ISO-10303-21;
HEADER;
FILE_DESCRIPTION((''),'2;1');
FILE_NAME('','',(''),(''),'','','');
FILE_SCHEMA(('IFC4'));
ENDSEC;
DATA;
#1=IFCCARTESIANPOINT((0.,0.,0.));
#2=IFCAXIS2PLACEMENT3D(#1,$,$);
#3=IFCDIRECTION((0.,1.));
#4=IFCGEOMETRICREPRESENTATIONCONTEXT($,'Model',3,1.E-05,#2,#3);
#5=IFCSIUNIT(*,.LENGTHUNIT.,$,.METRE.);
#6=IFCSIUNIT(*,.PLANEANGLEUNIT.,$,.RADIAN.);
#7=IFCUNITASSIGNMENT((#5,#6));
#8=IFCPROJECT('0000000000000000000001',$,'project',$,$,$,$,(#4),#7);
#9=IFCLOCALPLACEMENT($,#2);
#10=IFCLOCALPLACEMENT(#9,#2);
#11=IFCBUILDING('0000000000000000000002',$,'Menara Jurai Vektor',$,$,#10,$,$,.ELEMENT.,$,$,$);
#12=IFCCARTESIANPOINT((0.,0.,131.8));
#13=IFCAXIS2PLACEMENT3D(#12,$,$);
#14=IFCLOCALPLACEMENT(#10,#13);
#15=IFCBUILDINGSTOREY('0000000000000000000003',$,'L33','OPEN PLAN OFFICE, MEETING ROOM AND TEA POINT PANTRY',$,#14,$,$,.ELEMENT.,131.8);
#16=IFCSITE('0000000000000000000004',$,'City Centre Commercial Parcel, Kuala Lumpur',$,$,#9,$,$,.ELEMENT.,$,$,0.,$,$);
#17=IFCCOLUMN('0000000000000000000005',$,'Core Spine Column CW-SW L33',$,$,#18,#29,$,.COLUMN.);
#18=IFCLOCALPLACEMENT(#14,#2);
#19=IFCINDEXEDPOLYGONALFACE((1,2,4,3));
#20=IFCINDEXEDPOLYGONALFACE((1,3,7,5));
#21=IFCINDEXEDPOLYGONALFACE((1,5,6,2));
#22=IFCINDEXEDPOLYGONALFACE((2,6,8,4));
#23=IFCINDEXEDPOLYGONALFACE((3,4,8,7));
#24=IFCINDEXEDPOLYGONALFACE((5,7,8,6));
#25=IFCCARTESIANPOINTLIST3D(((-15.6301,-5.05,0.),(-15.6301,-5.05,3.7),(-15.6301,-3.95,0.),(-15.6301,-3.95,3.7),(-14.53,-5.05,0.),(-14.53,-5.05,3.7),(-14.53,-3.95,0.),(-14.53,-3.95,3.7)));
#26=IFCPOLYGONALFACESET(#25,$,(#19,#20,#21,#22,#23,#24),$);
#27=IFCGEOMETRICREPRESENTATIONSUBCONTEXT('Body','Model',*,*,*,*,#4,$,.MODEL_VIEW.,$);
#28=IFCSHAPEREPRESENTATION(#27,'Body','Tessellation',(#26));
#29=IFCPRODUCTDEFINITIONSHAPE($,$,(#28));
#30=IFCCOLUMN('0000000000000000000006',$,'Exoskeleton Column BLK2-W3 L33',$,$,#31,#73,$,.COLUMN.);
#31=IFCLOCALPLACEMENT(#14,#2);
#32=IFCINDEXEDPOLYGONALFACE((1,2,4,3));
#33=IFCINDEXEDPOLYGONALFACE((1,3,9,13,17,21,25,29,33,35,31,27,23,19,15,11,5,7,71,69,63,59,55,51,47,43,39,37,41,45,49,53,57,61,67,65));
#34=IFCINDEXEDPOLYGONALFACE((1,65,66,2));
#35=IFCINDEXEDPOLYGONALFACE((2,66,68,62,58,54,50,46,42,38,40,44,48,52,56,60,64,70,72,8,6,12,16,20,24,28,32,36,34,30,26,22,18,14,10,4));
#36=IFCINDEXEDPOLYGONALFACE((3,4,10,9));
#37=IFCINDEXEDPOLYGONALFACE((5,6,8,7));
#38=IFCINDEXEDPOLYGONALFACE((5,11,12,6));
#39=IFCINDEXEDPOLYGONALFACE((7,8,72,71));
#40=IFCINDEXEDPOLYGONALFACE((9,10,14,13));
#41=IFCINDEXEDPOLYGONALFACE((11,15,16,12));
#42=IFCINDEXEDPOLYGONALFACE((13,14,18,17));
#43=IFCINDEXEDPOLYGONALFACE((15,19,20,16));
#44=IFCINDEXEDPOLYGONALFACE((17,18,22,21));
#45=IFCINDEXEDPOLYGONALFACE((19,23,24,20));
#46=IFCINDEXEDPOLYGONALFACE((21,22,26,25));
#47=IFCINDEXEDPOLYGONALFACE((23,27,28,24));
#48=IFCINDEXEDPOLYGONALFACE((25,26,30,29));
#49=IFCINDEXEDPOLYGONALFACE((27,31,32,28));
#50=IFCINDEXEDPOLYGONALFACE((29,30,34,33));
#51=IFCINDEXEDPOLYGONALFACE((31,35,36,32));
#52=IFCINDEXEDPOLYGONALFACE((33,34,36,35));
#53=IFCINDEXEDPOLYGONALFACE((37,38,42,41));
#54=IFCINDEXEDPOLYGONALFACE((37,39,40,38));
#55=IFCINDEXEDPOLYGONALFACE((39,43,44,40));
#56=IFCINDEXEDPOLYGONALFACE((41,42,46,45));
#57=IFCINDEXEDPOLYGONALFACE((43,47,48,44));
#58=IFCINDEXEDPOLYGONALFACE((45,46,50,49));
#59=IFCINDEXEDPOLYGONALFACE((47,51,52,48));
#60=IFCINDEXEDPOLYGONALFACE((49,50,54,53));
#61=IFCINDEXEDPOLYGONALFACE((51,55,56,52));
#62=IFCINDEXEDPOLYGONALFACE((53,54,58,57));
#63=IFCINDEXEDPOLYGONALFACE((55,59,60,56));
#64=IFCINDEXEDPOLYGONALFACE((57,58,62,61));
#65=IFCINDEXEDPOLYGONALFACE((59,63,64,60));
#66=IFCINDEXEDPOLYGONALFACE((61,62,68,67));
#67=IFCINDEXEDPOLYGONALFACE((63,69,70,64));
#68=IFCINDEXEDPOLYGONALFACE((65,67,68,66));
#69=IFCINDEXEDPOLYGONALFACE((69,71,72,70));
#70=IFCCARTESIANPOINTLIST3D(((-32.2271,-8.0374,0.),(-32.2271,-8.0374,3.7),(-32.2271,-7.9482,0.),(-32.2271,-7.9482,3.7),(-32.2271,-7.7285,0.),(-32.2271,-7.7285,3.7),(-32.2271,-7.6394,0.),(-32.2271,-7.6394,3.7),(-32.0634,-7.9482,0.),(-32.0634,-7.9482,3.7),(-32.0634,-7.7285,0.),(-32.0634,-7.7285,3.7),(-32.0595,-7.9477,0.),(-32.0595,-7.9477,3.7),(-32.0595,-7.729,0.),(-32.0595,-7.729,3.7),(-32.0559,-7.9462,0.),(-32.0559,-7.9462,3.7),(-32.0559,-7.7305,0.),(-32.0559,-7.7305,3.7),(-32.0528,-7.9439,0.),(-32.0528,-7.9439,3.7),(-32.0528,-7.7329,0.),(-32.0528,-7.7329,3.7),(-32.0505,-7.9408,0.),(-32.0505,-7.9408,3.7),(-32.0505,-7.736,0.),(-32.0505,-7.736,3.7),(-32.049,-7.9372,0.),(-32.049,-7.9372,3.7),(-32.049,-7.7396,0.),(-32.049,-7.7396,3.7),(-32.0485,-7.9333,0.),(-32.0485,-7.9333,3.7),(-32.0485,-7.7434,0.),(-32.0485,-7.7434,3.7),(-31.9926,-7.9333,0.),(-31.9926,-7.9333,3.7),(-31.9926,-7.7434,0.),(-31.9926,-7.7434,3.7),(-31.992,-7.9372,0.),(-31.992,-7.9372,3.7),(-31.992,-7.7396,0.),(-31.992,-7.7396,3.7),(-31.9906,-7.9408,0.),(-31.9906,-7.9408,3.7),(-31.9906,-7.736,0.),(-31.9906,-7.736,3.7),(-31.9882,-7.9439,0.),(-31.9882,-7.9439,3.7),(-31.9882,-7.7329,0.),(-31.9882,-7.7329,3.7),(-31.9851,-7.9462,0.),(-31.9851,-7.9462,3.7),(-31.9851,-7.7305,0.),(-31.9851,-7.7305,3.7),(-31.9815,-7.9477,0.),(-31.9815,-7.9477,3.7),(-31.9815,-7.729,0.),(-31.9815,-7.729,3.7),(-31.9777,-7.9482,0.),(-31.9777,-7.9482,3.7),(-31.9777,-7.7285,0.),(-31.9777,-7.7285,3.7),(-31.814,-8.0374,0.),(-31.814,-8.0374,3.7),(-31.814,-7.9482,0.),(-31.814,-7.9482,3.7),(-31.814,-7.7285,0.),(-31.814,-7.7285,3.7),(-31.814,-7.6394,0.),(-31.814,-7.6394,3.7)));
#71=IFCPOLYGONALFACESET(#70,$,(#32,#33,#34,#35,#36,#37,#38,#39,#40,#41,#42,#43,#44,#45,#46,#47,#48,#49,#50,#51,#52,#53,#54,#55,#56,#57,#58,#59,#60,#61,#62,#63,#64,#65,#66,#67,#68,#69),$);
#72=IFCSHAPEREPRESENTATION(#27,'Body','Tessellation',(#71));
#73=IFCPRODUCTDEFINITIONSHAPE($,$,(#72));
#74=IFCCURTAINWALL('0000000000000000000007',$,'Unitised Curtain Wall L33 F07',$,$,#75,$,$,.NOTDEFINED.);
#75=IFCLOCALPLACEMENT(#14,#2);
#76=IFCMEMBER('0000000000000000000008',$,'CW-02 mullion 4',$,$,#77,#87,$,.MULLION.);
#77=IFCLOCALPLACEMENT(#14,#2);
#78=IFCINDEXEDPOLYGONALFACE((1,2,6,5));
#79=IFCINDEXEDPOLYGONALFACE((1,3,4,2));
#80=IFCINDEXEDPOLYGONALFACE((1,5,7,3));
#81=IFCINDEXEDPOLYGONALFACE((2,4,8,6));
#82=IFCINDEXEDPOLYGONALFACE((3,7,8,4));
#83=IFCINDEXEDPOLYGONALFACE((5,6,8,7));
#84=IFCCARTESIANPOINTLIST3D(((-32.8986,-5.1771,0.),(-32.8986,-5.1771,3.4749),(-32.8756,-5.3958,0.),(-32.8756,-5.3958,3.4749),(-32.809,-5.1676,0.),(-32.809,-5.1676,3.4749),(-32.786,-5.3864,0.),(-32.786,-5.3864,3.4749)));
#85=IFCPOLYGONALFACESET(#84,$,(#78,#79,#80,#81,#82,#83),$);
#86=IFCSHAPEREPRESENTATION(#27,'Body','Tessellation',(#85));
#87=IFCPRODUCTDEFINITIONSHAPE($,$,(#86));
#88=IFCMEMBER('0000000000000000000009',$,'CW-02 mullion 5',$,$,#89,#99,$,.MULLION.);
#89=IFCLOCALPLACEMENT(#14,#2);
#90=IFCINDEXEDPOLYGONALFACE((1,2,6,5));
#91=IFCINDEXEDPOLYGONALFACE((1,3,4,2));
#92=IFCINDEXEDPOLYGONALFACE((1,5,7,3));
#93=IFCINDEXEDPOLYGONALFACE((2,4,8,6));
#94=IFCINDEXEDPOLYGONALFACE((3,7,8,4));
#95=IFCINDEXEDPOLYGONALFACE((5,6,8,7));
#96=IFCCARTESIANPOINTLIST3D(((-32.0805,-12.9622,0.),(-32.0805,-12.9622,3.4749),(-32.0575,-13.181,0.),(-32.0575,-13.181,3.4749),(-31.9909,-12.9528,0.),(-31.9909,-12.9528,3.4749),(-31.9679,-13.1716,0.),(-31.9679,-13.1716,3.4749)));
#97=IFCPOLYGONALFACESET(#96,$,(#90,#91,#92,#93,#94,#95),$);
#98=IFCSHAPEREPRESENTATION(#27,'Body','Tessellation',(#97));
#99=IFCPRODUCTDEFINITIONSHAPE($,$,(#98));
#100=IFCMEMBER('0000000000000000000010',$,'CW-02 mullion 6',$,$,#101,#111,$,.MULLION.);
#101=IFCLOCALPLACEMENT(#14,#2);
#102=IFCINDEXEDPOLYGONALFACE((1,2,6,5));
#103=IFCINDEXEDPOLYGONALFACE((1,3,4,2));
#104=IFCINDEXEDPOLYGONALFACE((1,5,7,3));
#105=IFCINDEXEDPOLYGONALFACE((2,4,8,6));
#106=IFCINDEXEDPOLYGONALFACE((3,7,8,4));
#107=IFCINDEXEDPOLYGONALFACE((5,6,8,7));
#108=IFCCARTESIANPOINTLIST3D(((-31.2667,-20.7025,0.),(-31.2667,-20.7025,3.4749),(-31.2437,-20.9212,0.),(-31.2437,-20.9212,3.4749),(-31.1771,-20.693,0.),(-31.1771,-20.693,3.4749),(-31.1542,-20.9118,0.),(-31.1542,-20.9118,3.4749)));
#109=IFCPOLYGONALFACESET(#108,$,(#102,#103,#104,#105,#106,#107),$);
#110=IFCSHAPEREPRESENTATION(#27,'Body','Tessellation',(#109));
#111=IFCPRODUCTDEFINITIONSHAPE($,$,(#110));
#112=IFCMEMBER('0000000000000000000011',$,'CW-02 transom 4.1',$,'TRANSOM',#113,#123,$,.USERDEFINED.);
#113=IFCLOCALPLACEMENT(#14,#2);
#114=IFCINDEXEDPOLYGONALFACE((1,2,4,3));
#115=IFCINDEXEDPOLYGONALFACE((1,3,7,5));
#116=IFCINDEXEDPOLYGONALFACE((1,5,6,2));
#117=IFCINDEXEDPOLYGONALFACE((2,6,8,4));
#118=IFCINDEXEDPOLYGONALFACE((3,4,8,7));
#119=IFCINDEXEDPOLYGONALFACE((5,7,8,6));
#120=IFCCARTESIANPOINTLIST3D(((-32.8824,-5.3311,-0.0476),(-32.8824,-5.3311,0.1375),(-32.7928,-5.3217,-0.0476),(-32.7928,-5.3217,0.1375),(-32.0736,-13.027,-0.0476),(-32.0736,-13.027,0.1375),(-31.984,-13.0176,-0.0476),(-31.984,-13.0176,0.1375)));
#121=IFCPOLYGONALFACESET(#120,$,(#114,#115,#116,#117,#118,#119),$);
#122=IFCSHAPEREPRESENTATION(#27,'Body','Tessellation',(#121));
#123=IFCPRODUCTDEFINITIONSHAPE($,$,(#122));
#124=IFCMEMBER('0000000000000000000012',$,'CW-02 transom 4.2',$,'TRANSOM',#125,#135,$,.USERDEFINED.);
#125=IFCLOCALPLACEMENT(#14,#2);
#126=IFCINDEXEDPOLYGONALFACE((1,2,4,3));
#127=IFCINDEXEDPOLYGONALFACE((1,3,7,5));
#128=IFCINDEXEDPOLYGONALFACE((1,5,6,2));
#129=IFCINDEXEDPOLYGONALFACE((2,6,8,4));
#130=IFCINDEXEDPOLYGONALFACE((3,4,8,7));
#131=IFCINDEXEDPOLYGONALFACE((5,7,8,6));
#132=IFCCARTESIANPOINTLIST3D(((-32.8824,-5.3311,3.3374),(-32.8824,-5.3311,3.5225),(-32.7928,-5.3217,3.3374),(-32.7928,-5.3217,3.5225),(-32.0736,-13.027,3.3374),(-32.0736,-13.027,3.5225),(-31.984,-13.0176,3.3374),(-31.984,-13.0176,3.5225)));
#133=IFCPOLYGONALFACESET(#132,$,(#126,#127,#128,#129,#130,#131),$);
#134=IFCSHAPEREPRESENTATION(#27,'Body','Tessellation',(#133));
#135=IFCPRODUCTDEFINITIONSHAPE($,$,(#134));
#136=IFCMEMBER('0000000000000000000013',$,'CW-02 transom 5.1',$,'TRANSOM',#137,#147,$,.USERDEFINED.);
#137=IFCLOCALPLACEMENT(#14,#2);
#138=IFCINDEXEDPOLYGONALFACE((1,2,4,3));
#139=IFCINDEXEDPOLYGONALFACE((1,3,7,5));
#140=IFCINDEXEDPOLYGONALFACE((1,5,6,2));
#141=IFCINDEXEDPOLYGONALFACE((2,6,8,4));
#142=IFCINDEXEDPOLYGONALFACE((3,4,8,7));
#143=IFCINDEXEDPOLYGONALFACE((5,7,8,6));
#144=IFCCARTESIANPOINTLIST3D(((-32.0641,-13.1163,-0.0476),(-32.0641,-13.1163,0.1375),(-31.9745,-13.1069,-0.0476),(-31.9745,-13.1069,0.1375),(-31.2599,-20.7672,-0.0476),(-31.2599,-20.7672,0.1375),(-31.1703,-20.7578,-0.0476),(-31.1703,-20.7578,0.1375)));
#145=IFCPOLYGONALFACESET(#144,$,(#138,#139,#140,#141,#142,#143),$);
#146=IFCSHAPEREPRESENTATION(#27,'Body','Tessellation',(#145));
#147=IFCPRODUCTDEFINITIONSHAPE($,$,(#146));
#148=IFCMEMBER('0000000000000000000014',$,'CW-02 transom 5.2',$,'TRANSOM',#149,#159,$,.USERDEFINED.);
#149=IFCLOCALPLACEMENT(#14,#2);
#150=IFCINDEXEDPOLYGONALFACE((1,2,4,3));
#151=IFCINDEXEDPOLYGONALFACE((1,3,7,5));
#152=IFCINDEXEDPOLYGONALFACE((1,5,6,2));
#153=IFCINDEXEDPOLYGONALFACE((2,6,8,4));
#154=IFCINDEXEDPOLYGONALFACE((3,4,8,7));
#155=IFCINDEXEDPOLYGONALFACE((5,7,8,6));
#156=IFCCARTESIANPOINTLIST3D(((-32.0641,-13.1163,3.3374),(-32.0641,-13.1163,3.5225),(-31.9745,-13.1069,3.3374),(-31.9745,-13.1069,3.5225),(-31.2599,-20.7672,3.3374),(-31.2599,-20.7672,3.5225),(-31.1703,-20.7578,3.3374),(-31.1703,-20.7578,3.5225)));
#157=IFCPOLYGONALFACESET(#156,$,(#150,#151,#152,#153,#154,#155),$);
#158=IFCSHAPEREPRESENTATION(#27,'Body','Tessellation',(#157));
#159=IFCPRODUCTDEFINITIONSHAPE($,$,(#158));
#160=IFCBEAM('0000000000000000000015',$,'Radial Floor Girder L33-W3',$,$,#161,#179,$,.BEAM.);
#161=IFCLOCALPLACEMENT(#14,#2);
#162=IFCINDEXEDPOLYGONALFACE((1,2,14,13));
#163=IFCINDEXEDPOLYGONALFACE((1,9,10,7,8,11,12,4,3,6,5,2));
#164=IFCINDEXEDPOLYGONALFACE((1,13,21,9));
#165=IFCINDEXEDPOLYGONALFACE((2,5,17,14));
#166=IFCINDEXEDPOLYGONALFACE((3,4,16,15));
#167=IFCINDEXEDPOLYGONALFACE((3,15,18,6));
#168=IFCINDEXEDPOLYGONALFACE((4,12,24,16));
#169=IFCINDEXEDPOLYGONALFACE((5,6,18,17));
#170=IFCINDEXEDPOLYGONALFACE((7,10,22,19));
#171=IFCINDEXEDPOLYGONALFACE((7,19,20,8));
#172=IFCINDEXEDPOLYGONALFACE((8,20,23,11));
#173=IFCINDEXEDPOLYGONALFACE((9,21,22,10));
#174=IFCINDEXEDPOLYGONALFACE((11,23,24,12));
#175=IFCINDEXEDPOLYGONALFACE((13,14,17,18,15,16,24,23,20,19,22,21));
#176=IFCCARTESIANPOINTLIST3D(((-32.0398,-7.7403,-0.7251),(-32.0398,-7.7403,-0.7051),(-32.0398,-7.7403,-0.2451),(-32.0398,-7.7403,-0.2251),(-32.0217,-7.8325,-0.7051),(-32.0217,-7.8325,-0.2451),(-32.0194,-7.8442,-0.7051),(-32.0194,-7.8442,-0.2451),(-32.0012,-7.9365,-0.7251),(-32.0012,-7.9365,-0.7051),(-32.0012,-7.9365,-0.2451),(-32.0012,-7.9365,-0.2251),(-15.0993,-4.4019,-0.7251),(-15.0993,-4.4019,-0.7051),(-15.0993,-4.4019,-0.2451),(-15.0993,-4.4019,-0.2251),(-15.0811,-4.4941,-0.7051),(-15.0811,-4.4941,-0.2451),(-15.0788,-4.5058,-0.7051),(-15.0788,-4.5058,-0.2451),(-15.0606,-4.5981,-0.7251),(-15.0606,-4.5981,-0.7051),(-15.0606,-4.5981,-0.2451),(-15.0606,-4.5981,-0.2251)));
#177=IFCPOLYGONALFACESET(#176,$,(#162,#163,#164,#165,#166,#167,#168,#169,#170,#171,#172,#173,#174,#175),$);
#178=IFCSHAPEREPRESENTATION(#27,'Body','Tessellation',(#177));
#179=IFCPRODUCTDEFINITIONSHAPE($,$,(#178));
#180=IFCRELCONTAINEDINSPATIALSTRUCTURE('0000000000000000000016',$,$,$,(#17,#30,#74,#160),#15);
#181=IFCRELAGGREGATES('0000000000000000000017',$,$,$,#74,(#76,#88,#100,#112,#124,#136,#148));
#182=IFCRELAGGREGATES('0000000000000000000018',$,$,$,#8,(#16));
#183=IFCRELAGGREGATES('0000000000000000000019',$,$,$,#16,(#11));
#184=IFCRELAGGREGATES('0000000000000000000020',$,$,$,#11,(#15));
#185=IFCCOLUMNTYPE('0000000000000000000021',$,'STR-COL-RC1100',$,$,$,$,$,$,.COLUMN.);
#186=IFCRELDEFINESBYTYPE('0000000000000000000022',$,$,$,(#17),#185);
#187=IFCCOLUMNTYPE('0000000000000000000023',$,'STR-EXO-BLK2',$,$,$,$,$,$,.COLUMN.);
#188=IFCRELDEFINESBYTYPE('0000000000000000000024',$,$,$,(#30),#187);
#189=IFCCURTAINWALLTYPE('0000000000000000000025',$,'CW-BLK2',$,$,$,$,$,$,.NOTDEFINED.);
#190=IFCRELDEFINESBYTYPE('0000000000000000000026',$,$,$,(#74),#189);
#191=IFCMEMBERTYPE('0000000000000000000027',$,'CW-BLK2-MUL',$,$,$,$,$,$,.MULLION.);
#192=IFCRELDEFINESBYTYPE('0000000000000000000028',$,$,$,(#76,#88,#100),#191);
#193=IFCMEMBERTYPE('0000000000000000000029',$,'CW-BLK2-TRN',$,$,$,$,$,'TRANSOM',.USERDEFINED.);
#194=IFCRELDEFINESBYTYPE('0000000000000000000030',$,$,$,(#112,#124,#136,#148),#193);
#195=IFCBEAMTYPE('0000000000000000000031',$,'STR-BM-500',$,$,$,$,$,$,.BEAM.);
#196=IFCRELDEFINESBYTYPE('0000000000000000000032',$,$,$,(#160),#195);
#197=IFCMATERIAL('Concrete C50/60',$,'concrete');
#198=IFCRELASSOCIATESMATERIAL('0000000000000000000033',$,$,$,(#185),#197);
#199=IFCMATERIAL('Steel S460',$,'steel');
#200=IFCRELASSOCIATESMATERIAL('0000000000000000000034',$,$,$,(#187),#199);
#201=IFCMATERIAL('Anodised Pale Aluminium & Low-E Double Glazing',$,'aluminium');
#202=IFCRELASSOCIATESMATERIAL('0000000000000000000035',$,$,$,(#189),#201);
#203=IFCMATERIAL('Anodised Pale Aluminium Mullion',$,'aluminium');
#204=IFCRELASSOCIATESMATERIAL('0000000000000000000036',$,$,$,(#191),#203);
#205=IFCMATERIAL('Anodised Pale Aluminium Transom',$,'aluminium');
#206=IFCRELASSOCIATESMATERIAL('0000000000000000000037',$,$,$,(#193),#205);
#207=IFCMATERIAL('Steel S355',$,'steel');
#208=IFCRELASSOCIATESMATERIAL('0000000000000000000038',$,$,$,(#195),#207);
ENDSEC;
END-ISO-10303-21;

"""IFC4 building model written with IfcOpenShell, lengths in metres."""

from ifc_helpers import new_model, si_unit, direction, frame, origin, origin_2d, place, context, subcontext, project, spatial, rectangle, i_section, extrude, material, material_profile, profile_set, type_object, element, aggregate, save


model = new_model("IFC4")

# Units and contexts
model_context = context("Model", 3, precision=1e-05, world=origin(), true_north=direction((0.0, 1.0)))
body_context = subcontext(model_context, "Body", "Model", "MODEL_VIEW")
ifc_project = project(units=[si_unit("LENGTHUNIT", "METRE"), si_unit("PLANEANGLEUNIT", "RADIAN")], contexts=[model_context])

# Site, building, storey
site_placement = place(None, origin())
site = spatial("IfcSite", under=ifc_project, at=site_placement, Name="City Centre Commercial Parcel, Kuala Lumpur", CompositionType="ELEMENT", RefElevation=0.0)
building_placement = place(site_placement, origin())
building = spatial("IfcBuilding", under=site, at=building_placement, Name="Menara Jurai Vektor", CompositionType="ELEMENT")
storey_placement = place(building_placement, frame((0.0, 0.0, 131.8)))
storey = spatial("IfcBuildingStorey", under=building, at=storey_placement, Name="L33", Description="OPEN PLAN OFFICE, MEETING ROOM AND TEA POINT PANTRY", CompositionType="ELEMENT", Elevation=131.8)

# Columns
ifc_material_1 = material(Name="Concrete C50/60", Category="concrete")
ifc_material_profile_1 = material_profile(ifc_material_1, rectangle(XDim=1.1001, YDim=1.1001, at=origin_2d()), Name="RC 1100x1100")
ifc_profile_set_1 = profile_set([ifc_material_profile_1], Name="Concrete C50/60")
column_type_1 = type_object("IfcColumnType", Name="STR-COL-RC1100", PredefinedType="COLUMN", material=ifc_profile_set_1)
column_1_placement = place(storey_placement, frame((-15.0801, -4.5, 0.0), z_axis=(0.0, 0.0, 1.0), x_axis=(1.0, 0.0, 0.0)))
element("IfcColumn", 1, at=column_1_placement, inside=storey, type_object=column_type_1, Name="Core Spine Column CW-SW L33", PredefinedType="COLUMN", context=body_context, shape_type="SweptSolid", body=[
    extrude(rectangle(XDim=1.1001, YDim=1.1001, at=origin_2d()), origin(), (0.0, 0.0, 1.0), 3.7),
])
ifc_material_2 = material(Name="Steel S460", Category="steel")
ifc_material_profile_2 = material_profile(ifc_material_2, i_section(OverallWidth=0.4131, OverallDepth=0.3979, WebThickness=0.0559, FlangeThickness=0.0891, FilletRadius=0.0149, at=origin_2d()), Name="HD 400x744")
ifc_profile_set_2 = profile_set([ifc_material_profile_2], Name="Steel S460")
column_type_2 = type_object("IfcColumnType", Name="STR-EXO-BLK2", PredefinedType="COLUMN", material=ifc_profile_set_2)
column_2_placement = place(storey_placement, frame((-32.0205, -7.8384, 0.0), z_axis=(0.0, 0.0, 1.0), x_axis=(1.0, 0.0, 0.0)))
element("IfcColumn", 2, at=column_2_placement, inside=storey, type_object=column_type_2, Name="Exoskeleton Column BLK2-W3 L33", PredefinedType="COLUMN", context=body_context, shape_type="SweptSolid", body=[
    extrude(i_section(OverallWidth=0.4131, OverallDepth=0.3979, WebThickness=0.0559, FlangeThickness=0.0891, FilletRadius=0.0149, at=origin_2d()), origin(), (0.0, 0.0, 1.0), 3.7),
])

# Curtain wall, members
ifc_material_3 = material(Name="Anodised Pale Aluminium & Low-E Double Glazing", Category="aluminium")
curtain_wall_type = type_object("IfcCurtainWallType", Name="CW-BLK2", PredefinedType="NOTDEFINED", material=ifc_material_3)
curtain_wall_placement = place(storey_placement, origin())
curtain_wall = element("IfcCurtainWall", 3, at=curtain_wall_placement, inside=storey, type_object=curtain_wall_type, Name="Unitised Curtain Wall L33 F07", PredefinedType="NOTDEFINED")
ifc_material_4 = material(Name="Anodised Pale Aluminium Mullion", Category="aluminium")
ifc_material_profile_3 = material_profile(ifc_material_4, rectangle(XDim=0.0901, YDim=0.22, at=origin_2d()), Name="ALU MUL 90x220")
ifc_profile_set_3 = profile_set([ifc_material_profile_3], Name="Anodised Pale Aluminium Mullion")
member_type_1 = type_object("IfcMemberType", Name="CW-BLK2-MUL", PredefinedType="MULLION", material=ifc_profile_set_3)
member_1_placement = place(storey_placement, frame((-32.8423, -5.2817, 0.0), z_axis=(0.0, 0.0, 1.0), x_axis=(0.994522, 0.10453, 0.0)))
member_1 = element("IfcMember", 4, at=member_1_placement, type_object=member_type_1, Name="CW-02 mullion 4", PredefinedType="MULLION", context=body_context, shape_type="SweptSolid", body=[
    extrude(rectangle(XDim=0.0901, YDim=0.22, at=origin_2d()), origin(), (0.0, 0.0, 1.0), 3.4749),
])
member_2_placement = place(storey_placement, frame((-32.0242, -13.0669, 0.0), z_axis=(0.0, 0.0, 1.0), x_axis=(0.994522, 0.10453, 0.0)))
member_2 = element("IfcMember", 5, at=member_2_placement, type_object=member_type_1, Name="CW-02 mullion 5", PredefinedType="MULLION", context=body_context, shape_type="SweptSolid", body=[
    extrude(rectangle(XDim=0.0901, YDim=0.22, at=origin_2d()), origin(), (0.0, 0.0, 1.0), 3.4749),
])
member_3_placement = place(storey_placement, frame((-31.2104, -20.8071, 0.0), z_axis=(0.0, 0.0, 1.0), x_axis=(0.994522, 0.10453, 0.0)))
member_3 = element("IfcMember", 6, at=member_3_placement, type_object=member_type_1, Name="CW-02 mullion 6", PredefinedType="MULLION", context=body_context, shape_type="SweptSolid", body=[
    extrude(rectangle(XDim=0.0901, YDim=0.22, at=origin_2d()), origin(), (0.0, 0.0, 1.0), 3.4749),
])
ifc_material_5 = material(Name="Anodised Pale Aluminium Transom", Category="aluminium")
ifc_material_profile_4 = material_profile(ifc_material_5, rectangle(XDim=0.0901, YDim=0.1851, at=origin_2d()), Name="ALU TRN 90x185")
ifc_profile_set_4 = profile_set([ifc_material_profile_4], Name="Anodised Pale Aluminium Transom")
member_type_2 = type_object("IfcMemberType", Name="CW-BLK2-TRN", ElementType="TRANSOM", PredefinedType="USERDEFINED", material=ifc_profile_set_4)
member_4_placement = place(storey_placement, frame((-32.8376, -5.3264, 0.0449), z_axis=(0.104525, -0.994522, 0.0), x_axis=(0.994522, 0.104525, 0.0)))
member_4 = element("IfcMember", 7, at=member_4_placement, type_object=member_type_2, Name="CW-02 transom 4.1", ObjectType="TRANSOM", PredefinedType="USERDEFINED", context=body_context, shape_type="SweptSolid", body=[
    extrude(rectangle(XDim=0.0901, YDim=0.1851, at=origin_2d()), origin(), (0.0, 0.0, 1.0), 7.7383),
])
member_5_placement = place(storey_placement, frame((-32.8376, -5.3264, 3.4299), z_axis=(0.104525, -0.994522, 0.0), x_axis=(0.994522, 0.104525, 0.0)))
member_5 = element("IfcMember", 8, at=member_5_placement, type_object=member_type_2, Name="CW-02 transom 4.2", ObjectType="TRANSOM", PredefinedType="USERDEFINED", context=body_context, shape_type="SweptSolid", body=[
    extrude(rectangle(XDim=0.0901, YDim=0.1851, at=origin_2d()), origin(), (0.0, 0.0, 1.0), 7.7383),
])
member_6_placement = place(storey_placement, frame((-32.0193, -13.1116, 0.0449), z_axis=(0.104536, -0.994521, 0.0), x_axis=(0.994521, 0.104536, 0.0)))
member_6 = element("IfcMember", 9, at=member_6_placement, type_object=member_type_2, Name="CW-02 transom 5.1", ObjectType="TRANSOM", PredefinedType="USERDEFINED", context=body_context, shape_type="SweptSolid", body=[
    extrude(rectangle(XDim=0.0901, YDim=0.1851, at=origin_2d()), origin(), (0.0, 0.0, 1.0), 7.6931),
])
member_7_placement = place(storey_placement, frame((-32.0193, -13.1116, 3.4299), z_axis=(0.104536, -0.994521, 0.0), x_axis=(0.994521, 0.104536, 0.0)))
member_7 = element("IfcMember", 10, at=member_7_placement, type_object=member_type_2, Name="CW-02 transom 5.2", ObjectType="TRANSOM", PredefinedType="USERDEFINED", context=body_context, shape_type="SweptSolid", body=[
    extrude(rectangle(XDim=0.0901, YDim=0.1851, at=origin_2d()), origin(), (0.0, 0.0, 1.0), 7.6931),
])

# Beam
ifc_material_6 = material(Name="Steel S355", Category="steel")
ifc_material_profile_5 = material_profile(ifc_material_6, i_section(OverallWidth=0.2, OverallDepth=0.5, WebThickness=0.012, FlangeThickness=0.02, at=origin_2d()), Name="PG 500x200x96")
ifc_profile_set_5 = profile_set([ifc_material_profile_5], Name="Steel S355")
beam_type_1 = type_object("IfcBeamType", Name="STR-BM-500", PredefinedType="BEAM", material=ifc_profile_set_5)
beam_1_placement = place(storey_placement, frame((-32.0205, -7.8384, -0.4751), z_axis=(0.98113, 0.193347, 0.0), x_axis=(-0.193347, 0.98113, 0.0)))
element("IfcBeam", 11, at=beam_1_placement, inside=storey, type_object=beam_type_1, Name="Radial Floor Girder L33-W3", PredefinedType="BEAM", context=body_context, shape_type="SweptSolid", body=[
    extrude(i_section(OverallWidth=0.2, OverallDepth=0.5, WebThickness=0.012, FlangeThickness=0.02, at=origin_2d()), origin(), (0.0, 0.0, 1.0), 17.2664),
])

aggregate(curtain_wall, [member_1, member_2, member_3, member_4, member_5, member_6, member_7])

save(model, "model.ifc")
